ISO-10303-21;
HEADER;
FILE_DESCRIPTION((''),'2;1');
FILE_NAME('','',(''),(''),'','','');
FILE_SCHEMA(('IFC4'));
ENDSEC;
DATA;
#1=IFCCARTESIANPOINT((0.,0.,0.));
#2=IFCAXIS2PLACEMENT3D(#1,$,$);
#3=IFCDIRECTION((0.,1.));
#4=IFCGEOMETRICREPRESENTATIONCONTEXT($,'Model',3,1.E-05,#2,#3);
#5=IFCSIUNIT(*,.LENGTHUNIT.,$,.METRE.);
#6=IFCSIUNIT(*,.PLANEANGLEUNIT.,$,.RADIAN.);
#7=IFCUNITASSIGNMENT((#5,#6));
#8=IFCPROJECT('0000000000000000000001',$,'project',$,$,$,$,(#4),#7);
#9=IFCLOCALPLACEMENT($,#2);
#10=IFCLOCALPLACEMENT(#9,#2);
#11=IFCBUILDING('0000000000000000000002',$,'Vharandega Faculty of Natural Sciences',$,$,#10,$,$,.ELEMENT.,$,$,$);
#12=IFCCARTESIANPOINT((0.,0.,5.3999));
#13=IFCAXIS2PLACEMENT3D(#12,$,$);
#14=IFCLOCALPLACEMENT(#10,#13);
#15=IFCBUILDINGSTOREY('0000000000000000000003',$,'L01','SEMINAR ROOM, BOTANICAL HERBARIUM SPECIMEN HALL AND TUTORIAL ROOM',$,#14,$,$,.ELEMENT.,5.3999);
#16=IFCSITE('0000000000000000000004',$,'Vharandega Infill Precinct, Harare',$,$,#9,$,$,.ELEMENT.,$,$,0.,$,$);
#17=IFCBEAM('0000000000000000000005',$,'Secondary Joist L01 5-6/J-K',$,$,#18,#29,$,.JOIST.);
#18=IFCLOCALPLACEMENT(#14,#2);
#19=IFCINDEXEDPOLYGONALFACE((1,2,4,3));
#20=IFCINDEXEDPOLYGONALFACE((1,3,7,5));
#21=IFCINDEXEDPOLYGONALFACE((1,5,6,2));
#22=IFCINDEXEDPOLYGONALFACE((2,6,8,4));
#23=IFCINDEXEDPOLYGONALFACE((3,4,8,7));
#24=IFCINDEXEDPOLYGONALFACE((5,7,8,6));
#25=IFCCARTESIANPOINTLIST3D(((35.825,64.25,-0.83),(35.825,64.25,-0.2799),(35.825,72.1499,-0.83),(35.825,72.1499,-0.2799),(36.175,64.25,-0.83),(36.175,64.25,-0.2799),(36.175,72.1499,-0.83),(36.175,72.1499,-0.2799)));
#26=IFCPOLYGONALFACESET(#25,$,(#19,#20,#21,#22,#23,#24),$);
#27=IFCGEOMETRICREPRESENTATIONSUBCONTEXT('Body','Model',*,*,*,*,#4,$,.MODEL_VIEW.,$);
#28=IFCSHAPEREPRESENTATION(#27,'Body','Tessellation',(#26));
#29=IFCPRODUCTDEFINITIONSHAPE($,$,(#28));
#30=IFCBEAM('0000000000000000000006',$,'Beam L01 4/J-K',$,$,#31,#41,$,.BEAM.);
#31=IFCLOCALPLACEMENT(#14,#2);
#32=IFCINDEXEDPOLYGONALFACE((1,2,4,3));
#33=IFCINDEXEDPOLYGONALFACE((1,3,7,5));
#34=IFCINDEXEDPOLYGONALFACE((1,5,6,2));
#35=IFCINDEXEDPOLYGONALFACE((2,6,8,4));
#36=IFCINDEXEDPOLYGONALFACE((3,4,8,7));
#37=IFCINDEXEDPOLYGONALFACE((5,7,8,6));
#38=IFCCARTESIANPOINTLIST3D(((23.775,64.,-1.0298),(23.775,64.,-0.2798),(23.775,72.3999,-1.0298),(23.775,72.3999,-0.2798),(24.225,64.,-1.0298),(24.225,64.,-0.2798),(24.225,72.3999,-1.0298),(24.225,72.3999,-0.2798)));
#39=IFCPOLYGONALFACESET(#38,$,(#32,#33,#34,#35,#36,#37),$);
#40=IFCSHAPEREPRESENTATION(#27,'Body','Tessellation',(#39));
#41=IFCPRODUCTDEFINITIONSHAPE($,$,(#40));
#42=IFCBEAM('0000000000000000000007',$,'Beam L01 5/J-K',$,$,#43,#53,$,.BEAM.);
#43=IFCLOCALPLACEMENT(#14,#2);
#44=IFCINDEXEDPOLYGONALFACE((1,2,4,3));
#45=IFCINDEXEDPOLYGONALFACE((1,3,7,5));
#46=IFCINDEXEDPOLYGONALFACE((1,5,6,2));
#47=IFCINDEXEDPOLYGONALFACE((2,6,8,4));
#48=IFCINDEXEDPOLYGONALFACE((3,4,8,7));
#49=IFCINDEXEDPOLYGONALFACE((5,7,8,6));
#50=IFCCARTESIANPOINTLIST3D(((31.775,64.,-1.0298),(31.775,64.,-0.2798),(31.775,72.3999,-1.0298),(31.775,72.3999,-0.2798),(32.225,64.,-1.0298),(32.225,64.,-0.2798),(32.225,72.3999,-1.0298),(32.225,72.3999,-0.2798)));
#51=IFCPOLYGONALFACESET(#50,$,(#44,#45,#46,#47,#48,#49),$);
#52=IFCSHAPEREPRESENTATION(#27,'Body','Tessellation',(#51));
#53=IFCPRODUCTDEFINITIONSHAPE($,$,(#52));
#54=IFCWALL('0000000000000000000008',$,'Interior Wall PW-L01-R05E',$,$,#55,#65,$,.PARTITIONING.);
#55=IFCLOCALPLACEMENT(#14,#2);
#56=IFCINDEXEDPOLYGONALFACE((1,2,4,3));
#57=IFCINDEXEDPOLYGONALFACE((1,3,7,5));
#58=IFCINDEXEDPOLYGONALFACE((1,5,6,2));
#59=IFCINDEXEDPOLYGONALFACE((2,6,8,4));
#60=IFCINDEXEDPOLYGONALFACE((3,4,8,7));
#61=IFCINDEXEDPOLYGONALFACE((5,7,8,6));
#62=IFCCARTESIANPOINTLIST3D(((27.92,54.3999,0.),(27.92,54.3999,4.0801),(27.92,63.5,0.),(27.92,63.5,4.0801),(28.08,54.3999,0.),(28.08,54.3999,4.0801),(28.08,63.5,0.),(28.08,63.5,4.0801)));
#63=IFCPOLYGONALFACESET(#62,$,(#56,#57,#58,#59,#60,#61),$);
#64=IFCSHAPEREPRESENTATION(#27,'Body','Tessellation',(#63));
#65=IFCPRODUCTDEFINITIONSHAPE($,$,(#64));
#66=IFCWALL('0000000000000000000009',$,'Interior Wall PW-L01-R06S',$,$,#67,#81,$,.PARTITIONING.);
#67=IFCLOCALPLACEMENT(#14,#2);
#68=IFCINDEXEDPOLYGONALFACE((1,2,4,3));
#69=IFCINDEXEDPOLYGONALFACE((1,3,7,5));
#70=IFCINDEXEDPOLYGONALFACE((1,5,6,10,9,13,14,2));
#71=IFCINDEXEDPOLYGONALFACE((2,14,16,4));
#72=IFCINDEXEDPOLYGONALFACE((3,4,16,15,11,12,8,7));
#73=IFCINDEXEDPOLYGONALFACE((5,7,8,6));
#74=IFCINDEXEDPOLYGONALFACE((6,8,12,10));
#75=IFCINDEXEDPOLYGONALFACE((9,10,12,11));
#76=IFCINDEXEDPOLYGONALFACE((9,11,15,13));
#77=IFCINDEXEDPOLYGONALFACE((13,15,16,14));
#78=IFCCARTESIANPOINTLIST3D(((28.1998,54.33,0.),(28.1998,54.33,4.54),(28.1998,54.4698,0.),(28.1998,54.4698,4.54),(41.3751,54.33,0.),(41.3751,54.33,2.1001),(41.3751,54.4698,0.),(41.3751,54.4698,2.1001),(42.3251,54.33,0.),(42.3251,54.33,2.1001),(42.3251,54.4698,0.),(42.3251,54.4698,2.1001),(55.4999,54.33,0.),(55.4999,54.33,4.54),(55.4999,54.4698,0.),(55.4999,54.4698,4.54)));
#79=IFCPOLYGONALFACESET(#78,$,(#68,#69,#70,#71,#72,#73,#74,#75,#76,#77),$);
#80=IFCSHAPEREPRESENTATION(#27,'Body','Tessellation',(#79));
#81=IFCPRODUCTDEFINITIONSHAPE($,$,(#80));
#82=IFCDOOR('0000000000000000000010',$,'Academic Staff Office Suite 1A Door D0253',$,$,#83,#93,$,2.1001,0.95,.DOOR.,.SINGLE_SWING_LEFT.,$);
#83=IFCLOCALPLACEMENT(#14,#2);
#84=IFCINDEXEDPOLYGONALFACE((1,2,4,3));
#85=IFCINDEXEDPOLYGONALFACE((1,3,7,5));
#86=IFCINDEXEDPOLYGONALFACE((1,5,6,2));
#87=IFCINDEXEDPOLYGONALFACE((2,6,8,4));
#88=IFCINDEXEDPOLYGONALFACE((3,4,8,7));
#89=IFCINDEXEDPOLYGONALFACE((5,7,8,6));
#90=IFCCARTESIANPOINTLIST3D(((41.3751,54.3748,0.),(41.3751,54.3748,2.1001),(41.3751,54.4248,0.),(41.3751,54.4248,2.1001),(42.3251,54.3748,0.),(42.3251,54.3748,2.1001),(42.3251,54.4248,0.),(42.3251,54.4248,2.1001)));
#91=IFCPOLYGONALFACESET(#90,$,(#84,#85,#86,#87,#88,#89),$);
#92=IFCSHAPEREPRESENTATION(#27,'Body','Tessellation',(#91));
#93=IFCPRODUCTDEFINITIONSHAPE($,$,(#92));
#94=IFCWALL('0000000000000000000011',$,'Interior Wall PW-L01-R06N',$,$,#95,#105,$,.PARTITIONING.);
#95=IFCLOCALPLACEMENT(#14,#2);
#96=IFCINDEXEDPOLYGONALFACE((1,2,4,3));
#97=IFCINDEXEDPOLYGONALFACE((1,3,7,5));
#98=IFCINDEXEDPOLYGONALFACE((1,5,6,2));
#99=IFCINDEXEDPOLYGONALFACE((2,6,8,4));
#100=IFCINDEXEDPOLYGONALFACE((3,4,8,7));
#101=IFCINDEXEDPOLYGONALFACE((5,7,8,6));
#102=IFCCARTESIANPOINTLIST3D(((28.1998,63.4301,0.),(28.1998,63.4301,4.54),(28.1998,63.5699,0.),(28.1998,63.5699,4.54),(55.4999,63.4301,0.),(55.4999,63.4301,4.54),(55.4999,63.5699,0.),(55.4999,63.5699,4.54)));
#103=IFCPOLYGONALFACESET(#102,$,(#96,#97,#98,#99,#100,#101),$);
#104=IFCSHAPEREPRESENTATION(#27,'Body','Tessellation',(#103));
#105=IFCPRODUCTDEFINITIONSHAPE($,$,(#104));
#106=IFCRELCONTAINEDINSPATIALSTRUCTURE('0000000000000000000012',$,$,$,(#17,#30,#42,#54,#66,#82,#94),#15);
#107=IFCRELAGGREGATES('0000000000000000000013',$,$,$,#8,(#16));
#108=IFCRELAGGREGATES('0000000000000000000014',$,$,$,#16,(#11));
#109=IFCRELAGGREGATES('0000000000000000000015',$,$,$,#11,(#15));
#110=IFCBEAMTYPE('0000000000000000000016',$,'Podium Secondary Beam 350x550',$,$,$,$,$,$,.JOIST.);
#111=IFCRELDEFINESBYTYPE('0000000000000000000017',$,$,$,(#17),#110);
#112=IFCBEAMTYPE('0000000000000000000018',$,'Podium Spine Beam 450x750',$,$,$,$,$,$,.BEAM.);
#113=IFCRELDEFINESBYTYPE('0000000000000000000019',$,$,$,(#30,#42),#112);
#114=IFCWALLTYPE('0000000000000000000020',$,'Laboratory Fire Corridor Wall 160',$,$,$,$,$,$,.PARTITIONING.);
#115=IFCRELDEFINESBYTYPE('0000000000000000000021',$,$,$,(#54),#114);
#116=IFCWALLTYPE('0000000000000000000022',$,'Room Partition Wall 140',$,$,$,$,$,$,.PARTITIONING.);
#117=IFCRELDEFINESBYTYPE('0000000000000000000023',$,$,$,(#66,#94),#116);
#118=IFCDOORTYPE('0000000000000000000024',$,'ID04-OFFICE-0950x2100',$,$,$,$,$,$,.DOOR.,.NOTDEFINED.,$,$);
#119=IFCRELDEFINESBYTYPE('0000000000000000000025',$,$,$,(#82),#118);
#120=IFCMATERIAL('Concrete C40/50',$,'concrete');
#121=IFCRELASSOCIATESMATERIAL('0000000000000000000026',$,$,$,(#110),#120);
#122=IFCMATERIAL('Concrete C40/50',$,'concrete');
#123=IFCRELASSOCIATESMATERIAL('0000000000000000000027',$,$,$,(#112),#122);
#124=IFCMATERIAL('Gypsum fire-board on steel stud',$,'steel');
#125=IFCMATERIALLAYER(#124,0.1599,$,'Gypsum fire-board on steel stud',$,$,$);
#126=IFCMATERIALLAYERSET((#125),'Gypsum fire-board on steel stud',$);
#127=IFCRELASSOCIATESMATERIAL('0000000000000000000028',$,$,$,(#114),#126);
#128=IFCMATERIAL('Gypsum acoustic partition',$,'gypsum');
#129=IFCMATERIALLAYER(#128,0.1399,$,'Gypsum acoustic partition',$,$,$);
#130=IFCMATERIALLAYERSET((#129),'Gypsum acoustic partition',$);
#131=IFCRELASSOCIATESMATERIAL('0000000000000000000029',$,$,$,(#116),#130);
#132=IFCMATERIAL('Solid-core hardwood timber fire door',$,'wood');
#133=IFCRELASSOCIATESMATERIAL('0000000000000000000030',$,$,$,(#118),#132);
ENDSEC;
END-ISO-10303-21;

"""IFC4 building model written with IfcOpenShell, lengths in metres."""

from ifc_helpers import new_model, si_unit, direction, frame, frame_2d, origin, origin_2d, place, context, subcontext, project, spatial, rectangle, extrude, material, layer, layer_set, material_profile, profile_set, type_object, element, fill, save


model = new_model("IFC4")

# Units and contexts
model_context = context("Model", 3, precision=1e-05, world=origin(), true_north=direction((0.0, 1.0)))
body_context = subcontext(model_context, "Body", "Model", "MODEL_VIEW")
ifc_project = project(units=[si_unit("LENGTHUNIT", "METRE"), si_unit("PLANEANGLEUNIT", "RADIAN")], contexts=[model_context])

# Site, building, storey
site_placement = place(None, origin())
site = spatial("IfcSite", under=ifc_project, at=site_placement, Name="Vharandega Infill Precinct, Harare", CompositionType="ELEMENT", RefElevation=0.0)
building_placement = place(site_placement, origin())
building = spatial("IfcBuilding", under=site, at=building_placement, Name="Vharandega Faculty of Natural Sciences", CompositionType="ELEMENT")
storey_placement = place(building_placement, frame((0.0, 0.0, 5.3999)))
storey = spatial("IfcBuildingStorey", under=building, at=storey_placement, Name="L01", Description="SEMINAR ROOM, BOTANICAL HERBARIUM SPECIMEN HALL AND TUTORIAL ROOM", CompositionType="ELEMENT", Elevation=5.3999)

# Beams
ifc_material_1 = material(Name="Concrete C40/50", Category="concrete")
ifc_material_profile_1 = material_profile(ifc_material_1, rectangle(XDim=0.3501, YDim=0.55, at=origin_2d()), Name="RC 350x550")
ifc_profile_set_1 = profile_set([ifc_material_profile_1], Name="Concrete C40/50")
beam_type_1 = type_object("IfcBeamType", Name="Podium Secondary Beam 350x550", PredefinedType="JOIST", material=ifc_profile_set_1)
beam_1_placement = place(storey_placement, frame((36.0, 64.25, -0.5549), z_axis=(0.0, 1.0, 0.0), x_axis=(-1.0, 0.0, 0.0)))
element("IfcBeam", 1, at=beam_1_placement, inside=storey, type_object=beam_type_1, Name="Secondary Joist L01 5-6/J-K", PredefinedType="JOIST", context=body_context, shape_type="SweptSolid", body=[
    extrude(rectangle(XDim=0.3501, YDim=0.55, at=origin_2d()), origin(), (0.0, 0.0, 1.0), 7.8999),
])
ifc_material_2 = material(Name="Concrete C40/50", Category="concrete")
ifc_material_profile_2 = material_profile(ifc_material_2, rectangle(XDim=0.45, YDim=0.75, at=origin_2d()), Name="RC 450x750")
ifc_profile_set_2 = profile_set([ifc_material_profile_2], Name="Concrete C40/50")
beam_type_2 = type_object("IfcBeamType", Name="Podium Spine Beam 450x750", PredefinedType="BEAM", material=ifc_profile_set_2)
for number, where, z_axis, x_axis, name in (
    (2, (24.0, 64.0, -0.6548), (0.0, 1.0, 0.0), (-1.0, 0.0, 0.0), "Beam L01 4/J-K"),
    (3, (32.0, 64.0, -0.6548), (0.0, 1.0, 0.0), (-1.0, 0.0, 0.0), "Beam L01 5/J-K"),
):
    element("IfcBeam", number, at=place(storey_placement, frame(where, z_axis=z_axis, x_axis=x_axis)), inside=storey, type_object=beam_type_2, Name=name, PredefinedType="BEAM", context=body_context, shape_type="SweptSolid", body=[
        extrude(rectangle(XDim=0.45, YDim=0.75, at=origin_2d()), origin(), (0.0, 0.0, 1.0), 8.3999),
    ])

# Wall
ifc_material_3 = material(Name="Gypsum fire-board on steel stud", Category="steel")
ifc_layer_1 = layer(ifc_material_3, 0.1599, Name="Gypsum fire-board on steel stud")
ifc_layer_set_1 = layer_set([ifc_layer_1], Name="Gypsum fire-board on steel stud")
wall_type_1 = type_object("IfcWallType", Name="Laboratory Fire Corridor Wall 160", PredefinedType="PARTITIONING", material=ifc_layer_set_1)
wall_1_placement = place(storey_placement, frame((28.0, 54.3999, 0.0), z_axis=(0.0, 0.0, 1.0), x_axis=(0.0, 1.0, 0.0)))
element("IfcWall", 4, at=wall_1_placement, inside=storey, type_object=wall_type_1, Name="Interior Wall PW-L01-R05E", PredefinedType="PARTITIONING", context=body_context, shape_type="SweptSolid", body=[
    extrude(rectangle(XDim=9.1001, YDim=0.1599, at=frame_2d((4.55, 0.0))), origin(), (0.0, 0.0, 1.0), 4.0801),
])

# Wall, opening, door
ifc_material_4 = material(Name="Gypsum acoustic partition", Category="gypsum")
ifc_layer_2 = layer(ifc_material_4, 0.1399, Name="Gypsum acoustic partition")
ifc_layer_set_2 = layer_set([ifc_layer_2], Name="Gypsum acoustic partition")
wall_type_2 = type_object("IfcWallType", Name="Room Partition Wall 140", PredefinedType="PARTITIONING", material=ifc_layer_set_2)
wall_2_placement = place(storey_placement, frame((28.2, 54.3999, 0.0), z_axis=(0.0, 0.0, 1.0), x_axis=(1.0, 0.0, 0.0)))
wall_2 = element("IfcWall", 5, at=wall_2_placement, inside=storey, type_object=wall_type_2, Name="Interior Wall PW-L01-R06S", PredefinedType="PARTITIONING", context=body_context, shape_type="SweptSolid", body=[
    extrude(rectangle(XDim=27.3, YDim=0.1399, at=frame_2d((13.6499, 0.0))), origin(), (0.0, 0.0, 1.0), 4.54),
])
opening_placement = place(wall_2_placement, frame((13.175, 0.0, 0.0)))
opening = element("IfcOpeningElement", 6, at=opening_placement, cuts=wall_2, PredefinedType="OPENING", context=body_context, shape_type="SweptSolid", body=[
    extrude(rectangle(XDim=0.95, YDim=2.1001, at=frame_2d((0.4751, 1.05))), frame((0.0, 0.0801, 0.0), z_axis=(0.0, -1.0, 0.0), x_axis=(1.0, 0.0, 0.0)), (0.0, 0.0, 1.0), 0.1599),
])
ifc_material_5 = material(Name="Solid-core hardwood timber fire door", Category="wood")
door_type = type_object("IfcDoorType", Name="ID04-OFFICE-0950x2100", OperationType="NOTDEFINED", PredefinedType="DOOR", material=ifc_material_5)
door_placement = place(opening_placement, origin())
door = element("IfcDoor", 7, at=door_placement, inside=storey, type_object=door_type, Name="Academic Staff Office Suite 1A Door D0253", OperationType="SINGLE_SWING_LEFT", OverallHeight=2.1001, OverallWidth=0.95, PredefinedType="DOOR", context=body_context, shape_type="SweptSolid", body=[
    extrude(rectangle(XDim=0.95, YDim=2.1001, at=frame_2d((0.4751, 1.05))), frame((0.0, 0.0249, 0.0), z_axis=(0.0, -1.0, 0.0), x_axis=(1.0, 0.0, 0.0)), (0.0, 0.0, 1.0), 0.05),
])
fill(opening, door)

# Wall
wall_3_placement = place(storey_placement, frame((28.2, 63.5, 0.0), z_axis=(0.0, 0.0, 1.0), x_axis=(1.0, 0.0, 0.0)))
element("IfcWall", 8, at=wall_3_placement, inside=storey, type_object=wall_type_2, Name="Interior Wall PW-L01-R06N", PredefinedType="PARTITIONING", context=body_context, shape_type="SweptSolid", body=[
    extrude(rectangle(XDim=27.3, YDim=0.1399, at=frame_2d((13.6499, 0.0))), origin(), (0.0, 0.0, 1.0), 4.54),
])

save(model, "model.ifc")
